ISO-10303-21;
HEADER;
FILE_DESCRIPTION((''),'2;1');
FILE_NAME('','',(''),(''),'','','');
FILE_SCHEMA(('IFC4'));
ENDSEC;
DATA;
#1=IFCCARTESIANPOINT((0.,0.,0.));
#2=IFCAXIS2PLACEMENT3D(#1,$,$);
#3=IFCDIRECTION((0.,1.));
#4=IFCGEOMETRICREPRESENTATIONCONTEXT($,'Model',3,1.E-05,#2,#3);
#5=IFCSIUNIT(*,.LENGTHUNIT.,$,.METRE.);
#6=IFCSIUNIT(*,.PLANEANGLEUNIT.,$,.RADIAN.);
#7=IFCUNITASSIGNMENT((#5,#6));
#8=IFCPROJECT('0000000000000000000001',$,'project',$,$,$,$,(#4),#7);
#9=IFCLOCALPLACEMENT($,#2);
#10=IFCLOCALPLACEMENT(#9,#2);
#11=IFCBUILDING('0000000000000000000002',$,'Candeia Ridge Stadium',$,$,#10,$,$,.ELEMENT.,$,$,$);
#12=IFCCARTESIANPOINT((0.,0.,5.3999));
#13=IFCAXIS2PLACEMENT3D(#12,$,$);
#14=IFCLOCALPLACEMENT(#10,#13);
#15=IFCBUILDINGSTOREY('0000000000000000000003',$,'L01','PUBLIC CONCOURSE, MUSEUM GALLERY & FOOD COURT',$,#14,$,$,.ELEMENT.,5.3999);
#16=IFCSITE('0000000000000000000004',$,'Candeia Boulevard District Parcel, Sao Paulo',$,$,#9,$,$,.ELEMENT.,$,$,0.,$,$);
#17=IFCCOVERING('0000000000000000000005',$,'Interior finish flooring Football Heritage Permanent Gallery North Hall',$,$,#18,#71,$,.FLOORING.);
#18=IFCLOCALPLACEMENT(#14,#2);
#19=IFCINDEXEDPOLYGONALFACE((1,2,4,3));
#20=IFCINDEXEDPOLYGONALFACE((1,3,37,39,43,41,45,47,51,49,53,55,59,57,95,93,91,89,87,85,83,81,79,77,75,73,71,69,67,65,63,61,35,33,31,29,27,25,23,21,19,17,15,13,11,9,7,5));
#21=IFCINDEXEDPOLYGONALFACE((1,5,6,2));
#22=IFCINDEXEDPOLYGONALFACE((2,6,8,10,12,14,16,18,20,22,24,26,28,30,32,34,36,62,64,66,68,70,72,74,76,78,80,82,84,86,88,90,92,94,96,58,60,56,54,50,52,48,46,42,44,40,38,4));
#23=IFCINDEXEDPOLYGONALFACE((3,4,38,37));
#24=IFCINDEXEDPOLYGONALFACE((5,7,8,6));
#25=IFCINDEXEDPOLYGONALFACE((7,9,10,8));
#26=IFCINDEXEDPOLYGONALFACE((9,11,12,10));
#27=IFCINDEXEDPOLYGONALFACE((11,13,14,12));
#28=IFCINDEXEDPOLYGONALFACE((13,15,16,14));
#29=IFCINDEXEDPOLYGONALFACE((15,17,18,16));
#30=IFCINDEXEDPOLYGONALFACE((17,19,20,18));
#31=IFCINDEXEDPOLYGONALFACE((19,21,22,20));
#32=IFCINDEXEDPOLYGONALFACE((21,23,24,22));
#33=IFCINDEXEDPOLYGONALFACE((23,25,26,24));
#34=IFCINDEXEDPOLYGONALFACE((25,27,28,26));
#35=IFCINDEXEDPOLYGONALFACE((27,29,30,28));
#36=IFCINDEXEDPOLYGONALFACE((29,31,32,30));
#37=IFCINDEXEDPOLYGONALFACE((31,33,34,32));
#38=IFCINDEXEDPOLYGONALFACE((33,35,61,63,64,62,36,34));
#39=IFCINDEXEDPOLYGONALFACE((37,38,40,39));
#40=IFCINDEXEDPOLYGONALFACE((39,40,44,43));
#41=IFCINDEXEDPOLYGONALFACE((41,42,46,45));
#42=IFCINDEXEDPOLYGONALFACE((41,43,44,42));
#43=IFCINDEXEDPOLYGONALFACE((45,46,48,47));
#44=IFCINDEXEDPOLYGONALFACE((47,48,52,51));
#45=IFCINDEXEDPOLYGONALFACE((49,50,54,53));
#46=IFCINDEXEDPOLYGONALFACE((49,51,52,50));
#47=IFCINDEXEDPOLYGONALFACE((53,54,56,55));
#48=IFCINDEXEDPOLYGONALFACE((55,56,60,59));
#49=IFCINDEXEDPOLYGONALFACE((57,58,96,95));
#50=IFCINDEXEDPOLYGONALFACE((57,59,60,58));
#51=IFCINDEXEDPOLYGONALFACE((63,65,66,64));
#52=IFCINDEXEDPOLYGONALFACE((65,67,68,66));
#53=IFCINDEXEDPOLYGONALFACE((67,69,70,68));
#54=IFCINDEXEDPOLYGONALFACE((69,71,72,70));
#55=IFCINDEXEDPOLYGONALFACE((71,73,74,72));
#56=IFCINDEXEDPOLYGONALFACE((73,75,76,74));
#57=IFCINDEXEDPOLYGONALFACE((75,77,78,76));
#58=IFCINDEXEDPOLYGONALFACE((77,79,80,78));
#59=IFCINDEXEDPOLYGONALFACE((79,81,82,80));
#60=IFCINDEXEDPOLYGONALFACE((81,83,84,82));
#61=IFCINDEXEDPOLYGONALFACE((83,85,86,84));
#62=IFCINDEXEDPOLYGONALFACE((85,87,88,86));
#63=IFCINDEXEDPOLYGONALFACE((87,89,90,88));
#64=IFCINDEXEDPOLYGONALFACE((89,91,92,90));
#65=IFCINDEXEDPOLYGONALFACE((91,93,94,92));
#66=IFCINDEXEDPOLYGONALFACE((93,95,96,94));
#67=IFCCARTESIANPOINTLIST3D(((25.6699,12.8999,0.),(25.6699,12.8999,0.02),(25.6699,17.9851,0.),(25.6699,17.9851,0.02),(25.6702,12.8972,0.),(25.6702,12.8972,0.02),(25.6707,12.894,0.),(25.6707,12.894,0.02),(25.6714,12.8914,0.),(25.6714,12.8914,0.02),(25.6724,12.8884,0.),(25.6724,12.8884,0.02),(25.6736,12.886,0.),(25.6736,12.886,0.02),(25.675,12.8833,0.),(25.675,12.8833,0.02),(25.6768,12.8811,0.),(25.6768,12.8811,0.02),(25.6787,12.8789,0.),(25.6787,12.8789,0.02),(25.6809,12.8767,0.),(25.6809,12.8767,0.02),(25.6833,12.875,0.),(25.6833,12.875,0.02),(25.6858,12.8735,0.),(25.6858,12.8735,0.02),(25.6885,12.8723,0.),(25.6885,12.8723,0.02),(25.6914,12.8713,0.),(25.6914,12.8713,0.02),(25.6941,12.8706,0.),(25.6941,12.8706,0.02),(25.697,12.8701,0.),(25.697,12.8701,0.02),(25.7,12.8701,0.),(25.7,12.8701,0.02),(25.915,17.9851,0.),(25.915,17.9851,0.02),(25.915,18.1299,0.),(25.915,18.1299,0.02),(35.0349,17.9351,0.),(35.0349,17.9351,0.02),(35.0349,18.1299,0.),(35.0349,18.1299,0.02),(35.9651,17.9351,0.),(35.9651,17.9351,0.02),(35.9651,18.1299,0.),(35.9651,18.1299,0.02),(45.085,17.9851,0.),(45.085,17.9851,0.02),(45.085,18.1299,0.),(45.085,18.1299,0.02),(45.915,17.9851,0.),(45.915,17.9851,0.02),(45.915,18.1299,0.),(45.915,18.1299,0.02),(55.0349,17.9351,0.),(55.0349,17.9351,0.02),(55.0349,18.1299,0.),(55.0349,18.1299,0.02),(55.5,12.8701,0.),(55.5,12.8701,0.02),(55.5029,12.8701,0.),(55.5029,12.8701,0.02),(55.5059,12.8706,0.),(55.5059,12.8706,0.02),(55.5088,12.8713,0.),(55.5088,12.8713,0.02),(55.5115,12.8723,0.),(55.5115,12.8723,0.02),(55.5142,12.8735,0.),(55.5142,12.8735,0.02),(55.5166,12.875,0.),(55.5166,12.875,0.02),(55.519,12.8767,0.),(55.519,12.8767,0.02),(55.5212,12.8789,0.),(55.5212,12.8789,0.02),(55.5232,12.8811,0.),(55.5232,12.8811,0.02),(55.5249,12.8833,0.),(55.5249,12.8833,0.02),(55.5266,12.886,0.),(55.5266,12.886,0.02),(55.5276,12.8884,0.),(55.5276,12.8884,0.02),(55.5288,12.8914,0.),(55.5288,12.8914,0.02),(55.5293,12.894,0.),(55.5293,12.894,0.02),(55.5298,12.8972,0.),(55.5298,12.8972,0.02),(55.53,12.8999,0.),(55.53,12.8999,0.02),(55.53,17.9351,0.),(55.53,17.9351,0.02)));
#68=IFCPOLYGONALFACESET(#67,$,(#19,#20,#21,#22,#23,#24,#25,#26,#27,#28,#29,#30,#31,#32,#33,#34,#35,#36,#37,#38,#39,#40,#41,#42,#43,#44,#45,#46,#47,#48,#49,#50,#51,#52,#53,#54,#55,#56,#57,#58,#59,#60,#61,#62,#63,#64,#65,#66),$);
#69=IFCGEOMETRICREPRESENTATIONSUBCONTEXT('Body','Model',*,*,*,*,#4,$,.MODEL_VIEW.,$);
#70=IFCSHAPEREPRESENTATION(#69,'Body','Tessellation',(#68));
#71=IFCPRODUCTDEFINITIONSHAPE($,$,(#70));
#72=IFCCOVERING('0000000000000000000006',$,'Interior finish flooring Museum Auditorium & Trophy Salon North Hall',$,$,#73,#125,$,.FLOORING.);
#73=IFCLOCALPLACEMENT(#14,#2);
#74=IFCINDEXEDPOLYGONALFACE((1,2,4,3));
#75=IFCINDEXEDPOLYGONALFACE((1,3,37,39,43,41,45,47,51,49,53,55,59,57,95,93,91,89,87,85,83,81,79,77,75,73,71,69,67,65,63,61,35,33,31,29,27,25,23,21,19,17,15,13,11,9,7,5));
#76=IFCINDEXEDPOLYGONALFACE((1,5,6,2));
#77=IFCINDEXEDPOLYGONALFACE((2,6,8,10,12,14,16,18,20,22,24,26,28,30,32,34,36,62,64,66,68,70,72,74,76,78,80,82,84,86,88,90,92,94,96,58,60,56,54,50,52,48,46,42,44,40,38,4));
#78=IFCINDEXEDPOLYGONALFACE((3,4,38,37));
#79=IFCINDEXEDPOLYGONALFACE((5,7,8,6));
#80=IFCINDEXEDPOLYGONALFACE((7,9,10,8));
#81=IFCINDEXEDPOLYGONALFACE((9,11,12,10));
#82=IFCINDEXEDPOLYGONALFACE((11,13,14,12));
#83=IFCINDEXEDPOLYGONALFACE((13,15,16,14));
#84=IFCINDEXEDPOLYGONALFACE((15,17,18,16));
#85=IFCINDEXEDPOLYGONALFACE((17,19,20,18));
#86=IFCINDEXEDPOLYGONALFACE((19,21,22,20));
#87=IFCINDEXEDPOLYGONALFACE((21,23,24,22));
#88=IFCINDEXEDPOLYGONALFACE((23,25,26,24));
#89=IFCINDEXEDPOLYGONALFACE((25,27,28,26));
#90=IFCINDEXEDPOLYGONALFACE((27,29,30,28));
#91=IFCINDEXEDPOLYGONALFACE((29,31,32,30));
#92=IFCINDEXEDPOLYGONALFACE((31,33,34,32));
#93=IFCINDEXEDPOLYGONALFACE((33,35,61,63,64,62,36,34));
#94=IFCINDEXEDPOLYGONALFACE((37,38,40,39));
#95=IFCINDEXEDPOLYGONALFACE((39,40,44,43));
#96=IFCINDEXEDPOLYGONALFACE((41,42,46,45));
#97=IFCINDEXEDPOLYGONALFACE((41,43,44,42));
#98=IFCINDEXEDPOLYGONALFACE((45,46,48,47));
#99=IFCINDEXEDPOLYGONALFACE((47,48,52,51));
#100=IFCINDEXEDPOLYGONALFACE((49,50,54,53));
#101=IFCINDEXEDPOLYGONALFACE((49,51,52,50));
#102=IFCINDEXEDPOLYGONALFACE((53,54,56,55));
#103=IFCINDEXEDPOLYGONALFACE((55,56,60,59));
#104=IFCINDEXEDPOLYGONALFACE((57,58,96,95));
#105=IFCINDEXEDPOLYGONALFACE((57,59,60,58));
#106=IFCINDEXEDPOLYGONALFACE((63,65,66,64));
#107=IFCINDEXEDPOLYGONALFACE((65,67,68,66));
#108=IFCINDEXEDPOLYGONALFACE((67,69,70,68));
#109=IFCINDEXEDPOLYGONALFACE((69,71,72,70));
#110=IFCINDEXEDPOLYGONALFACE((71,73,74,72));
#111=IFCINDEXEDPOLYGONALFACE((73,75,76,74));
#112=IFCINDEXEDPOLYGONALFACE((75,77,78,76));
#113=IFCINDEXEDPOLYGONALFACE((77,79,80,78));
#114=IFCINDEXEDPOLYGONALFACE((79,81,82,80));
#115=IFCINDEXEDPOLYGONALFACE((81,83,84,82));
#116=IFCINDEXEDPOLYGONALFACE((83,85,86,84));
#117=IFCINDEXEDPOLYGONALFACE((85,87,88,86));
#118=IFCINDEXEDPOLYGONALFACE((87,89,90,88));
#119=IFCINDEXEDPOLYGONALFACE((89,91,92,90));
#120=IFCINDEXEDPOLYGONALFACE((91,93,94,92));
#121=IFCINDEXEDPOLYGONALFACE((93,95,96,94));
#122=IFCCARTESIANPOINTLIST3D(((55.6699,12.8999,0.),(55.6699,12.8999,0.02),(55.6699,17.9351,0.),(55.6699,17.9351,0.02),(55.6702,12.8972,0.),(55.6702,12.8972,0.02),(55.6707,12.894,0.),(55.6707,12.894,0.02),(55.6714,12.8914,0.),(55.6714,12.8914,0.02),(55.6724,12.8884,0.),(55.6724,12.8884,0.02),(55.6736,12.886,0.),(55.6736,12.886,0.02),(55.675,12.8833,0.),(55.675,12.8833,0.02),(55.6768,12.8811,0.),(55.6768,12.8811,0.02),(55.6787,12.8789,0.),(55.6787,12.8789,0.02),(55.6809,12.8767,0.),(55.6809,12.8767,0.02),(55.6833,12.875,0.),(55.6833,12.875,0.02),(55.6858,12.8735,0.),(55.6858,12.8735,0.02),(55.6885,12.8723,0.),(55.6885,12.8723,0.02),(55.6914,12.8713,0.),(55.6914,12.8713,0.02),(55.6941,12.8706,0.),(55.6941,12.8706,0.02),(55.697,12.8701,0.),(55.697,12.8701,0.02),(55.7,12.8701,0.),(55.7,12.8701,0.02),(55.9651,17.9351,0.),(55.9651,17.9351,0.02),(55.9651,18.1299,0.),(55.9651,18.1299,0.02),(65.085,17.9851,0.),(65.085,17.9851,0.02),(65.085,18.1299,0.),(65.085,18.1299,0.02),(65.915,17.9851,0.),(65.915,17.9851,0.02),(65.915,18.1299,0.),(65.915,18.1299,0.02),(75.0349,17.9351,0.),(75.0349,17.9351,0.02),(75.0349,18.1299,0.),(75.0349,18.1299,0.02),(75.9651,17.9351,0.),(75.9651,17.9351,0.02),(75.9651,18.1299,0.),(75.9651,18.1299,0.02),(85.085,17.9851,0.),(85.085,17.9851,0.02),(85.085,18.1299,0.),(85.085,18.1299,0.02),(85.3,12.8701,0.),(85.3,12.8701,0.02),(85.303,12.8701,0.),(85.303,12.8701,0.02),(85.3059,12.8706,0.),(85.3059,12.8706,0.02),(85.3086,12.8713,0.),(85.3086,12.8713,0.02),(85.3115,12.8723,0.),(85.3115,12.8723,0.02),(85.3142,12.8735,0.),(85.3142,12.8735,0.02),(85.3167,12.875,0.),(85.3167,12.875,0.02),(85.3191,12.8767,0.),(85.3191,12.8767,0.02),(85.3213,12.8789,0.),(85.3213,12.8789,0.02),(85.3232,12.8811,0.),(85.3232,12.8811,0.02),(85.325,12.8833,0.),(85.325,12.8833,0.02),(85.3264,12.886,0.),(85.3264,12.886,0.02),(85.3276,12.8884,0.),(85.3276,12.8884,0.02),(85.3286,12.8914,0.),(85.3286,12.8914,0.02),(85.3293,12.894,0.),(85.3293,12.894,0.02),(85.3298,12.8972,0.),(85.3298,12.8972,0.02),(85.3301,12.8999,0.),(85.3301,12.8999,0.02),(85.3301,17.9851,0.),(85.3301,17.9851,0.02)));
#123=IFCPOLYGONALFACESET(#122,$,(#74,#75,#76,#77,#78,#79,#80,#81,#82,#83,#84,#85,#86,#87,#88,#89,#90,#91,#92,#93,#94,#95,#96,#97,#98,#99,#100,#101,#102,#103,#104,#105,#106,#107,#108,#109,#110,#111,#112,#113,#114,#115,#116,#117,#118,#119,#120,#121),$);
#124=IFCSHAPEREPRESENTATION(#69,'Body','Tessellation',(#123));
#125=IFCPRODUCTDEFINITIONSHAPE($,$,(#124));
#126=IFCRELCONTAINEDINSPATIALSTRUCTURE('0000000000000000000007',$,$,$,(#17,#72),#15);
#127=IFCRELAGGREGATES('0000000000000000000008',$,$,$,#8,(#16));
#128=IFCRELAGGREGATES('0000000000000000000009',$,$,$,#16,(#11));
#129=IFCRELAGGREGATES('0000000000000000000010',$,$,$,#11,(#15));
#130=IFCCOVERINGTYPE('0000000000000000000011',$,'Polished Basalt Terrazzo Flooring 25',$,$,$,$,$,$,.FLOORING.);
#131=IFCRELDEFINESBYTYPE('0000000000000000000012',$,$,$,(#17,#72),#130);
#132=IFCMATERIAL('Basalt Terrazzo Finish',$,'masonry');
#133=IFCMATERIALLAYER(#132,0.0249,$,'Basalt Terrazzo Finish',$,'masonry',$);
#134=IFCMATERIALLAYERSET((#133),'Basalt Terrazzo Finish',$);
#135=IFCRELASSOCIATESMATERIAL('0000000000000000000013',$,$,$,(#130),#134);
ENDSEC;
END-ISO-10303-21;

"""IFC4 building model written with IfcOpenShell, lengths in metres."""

from ifc_helpers import new_model, si_unit, direction, frame, origin, place, context, subcontext, project, spatial, polyline, outline, extrude, material, layer, layer_set, type_object, element, save


model = new_model("IFC4")

# Units and contexts
model_context = context("Model", 3, precision=1e-05, world=origin(), true_north=direction((0.0, 1.0)))
body_context = subcontext(model_context, "Body", "Model", "MODEL_VIEW")
ifc_project = project(units=[si_unit("LENGTHUNIT", "METRE"), si_unit("PLANEANGLEUNIT", "RADIAN")], contexts=[model_context])

# Site, building, storey
site_placement = place(None, origin())
site = spatial("IfcSite", under=ifc_project, at=site_placement, Name="Candeia Boulevard District Parcel, Sao Paulo", CompositionType="ELEMENT", RefElevation=0.0)
building_placement = place(site_placement, origin())
building = spatial("IfcBuilding", under=site, at=building_placement, Name="Candeia Ridge Stadium", CompositionType="ELEMENT")
storey_placement = place(building_placement, frame((0.0, 0.0, 5.3999)))
storey = spatial("IfcBuildingStorey", under=building, at=storey_placement, Name="L01", Description="PUBLIC CONCOURSE, MUSEUM GALLERY & FOOD COURT", CompositionType="ELEMENT", Elevation=5.3999)

# Coverings
ifc_material_1 = material(Name="Basalt Terrazzo Finish", Category="masonry")
ifc_layer_1 = layer(ifc_material_1, 0.0249, Name="Basalt Terrazzo Finish", Category="masonry")
ifc_layer_set_1 = layer_set([ifc_layer_1], Name="Basalt Terrazzo Finish")
covering_type_1 = type_object("IfcCoveringType", Name="Polished Basalt Terrazzo Flooring 25", PredefinedType="FLOORING", material=ifc_layer_set_1)
covering_1_placement = place(storey_placement, origin())
element("IfcCovering", 1, at=covering_1_placement, inside=storey, type_object=covering_type_1, Name="Interior finish flooring Football Heritage Permanent Gallery North Hall", PredefinedType="FLOORING", context=body_context, shape_type="SweptSolid", body=[
    extrude(outline(polyline([(25.6941, 12.8706), (25.6914, 12.8713), (25.6885, 12.8723), (25.6858, 12.8735), (25.6833, 12.875), (25.6809, 12.8767), (25.6787, 12.8789), (25.6768, 12.8811), (25.675, 12.8833), (25.6736, 12.886), (25.6724, 12.8884), (25.6714, 12.8914), (25.6707, 12.894), (25.6702, 12.8972), (25.6699, 12.8999), (25.6699, 17.9851), (25.915, 17.9851), (25.915, 18.1299), (35.0349, 18.1299), (35.0349, 17.9351), (35.9651, 17.9351), (35.9651, 18.1299), (45.085, 18.1299), (45.085, 17.9851), (45.915, 17.9851), (45.915, 18.1299), (55.0349, 18.1299), (55.0349, 17.9351), (55.53, 17.9351), (55.53, 12.8999), (55.5298, 12.8972), (55.5293, 12.894), (55.5288, 12.8914), (55.5276, 12.8884), (55.5266, 12.886), (55.5249, 12.8833), (55.5232, 12.8811), (55.5212, 12.8789), (55.519, 12.8767), (55.5166, 12.875), (55.5142, 12.8735), (55.5115, 12.8723), (55.5088, 12.8713), (55.5059, 12.8706), (55.5029, 12.8701), (55.5, 12.8701), (25.7, 12.8701), (25.697, 12.8701), (25.6941, 12.8706)])), origin(), (0.0, 0.0, 1.0), 0.02),
])
covering_2_placement = place(storey_placement, origin())
element("IfcCovering", 2, at=covering_2_placement, inside=storey, type_object=covering_type_1, Name="Interior finish flooring Museum Auditorium & Trophy Salon North Hall", PredefinedType="FLOORING", context=body_context, shape_type="SweptSolid", body=[
    extrude(outline(polyline([(55.6941, 12.8706), (55.6914, 12.8713), (55.6885, 12.8723), (55.6858, 12.8735), (55.6833, 12.875), (55.6809, 12.8767), (55.6787, 12.8789), (55.6768, 12.8811), (55.675, 12.8833), (55.6736, 12.886), (55.6724, 12.8884), (55.6714, 12.8914), (55.6707, 12.894), (55.6702, 12.8972), (55.6699, 12.8999), (55.6699, 17.9351), (55.9651, 17.9351), (55.9651, 18.1299), (65.085, 18.1299), (65.085, 17.9851), (65.915, 17.9851), (65.915, 18.1299), (75.0349, 18.1299), (75.0349, 17.9351), (75.9651, 17.9351), (75.9651, 18.1299), (85.085, 18.1299), (85.085, 17.9851), (85.3301, 17.9851), (85.3301, 12.8999), (85.3298, 12.8972), (85.3293, 12.894), (85.3286, 12.8914), (85.3276, 12.8884), (85.3264, 12.886), (85.325, 12.8833), (85.3232, 12.8811), (85.3213, 12.8789), (85.3191, 12.8767), (85.3167, 12.875), (85.3142, 12.8735), (85.3115, 12.8723), (85.3086, 12.8713), (85.3059, 12.8706), (85.303, 12.8701), (85.3, 12.8701), (55.7, 12.8701), (55.697, 12.8701), (55.6941, 12.8706)])), origin(), (0.0, 0.0, 1.0), 0.02),
])

save(model, "model.ifc")
